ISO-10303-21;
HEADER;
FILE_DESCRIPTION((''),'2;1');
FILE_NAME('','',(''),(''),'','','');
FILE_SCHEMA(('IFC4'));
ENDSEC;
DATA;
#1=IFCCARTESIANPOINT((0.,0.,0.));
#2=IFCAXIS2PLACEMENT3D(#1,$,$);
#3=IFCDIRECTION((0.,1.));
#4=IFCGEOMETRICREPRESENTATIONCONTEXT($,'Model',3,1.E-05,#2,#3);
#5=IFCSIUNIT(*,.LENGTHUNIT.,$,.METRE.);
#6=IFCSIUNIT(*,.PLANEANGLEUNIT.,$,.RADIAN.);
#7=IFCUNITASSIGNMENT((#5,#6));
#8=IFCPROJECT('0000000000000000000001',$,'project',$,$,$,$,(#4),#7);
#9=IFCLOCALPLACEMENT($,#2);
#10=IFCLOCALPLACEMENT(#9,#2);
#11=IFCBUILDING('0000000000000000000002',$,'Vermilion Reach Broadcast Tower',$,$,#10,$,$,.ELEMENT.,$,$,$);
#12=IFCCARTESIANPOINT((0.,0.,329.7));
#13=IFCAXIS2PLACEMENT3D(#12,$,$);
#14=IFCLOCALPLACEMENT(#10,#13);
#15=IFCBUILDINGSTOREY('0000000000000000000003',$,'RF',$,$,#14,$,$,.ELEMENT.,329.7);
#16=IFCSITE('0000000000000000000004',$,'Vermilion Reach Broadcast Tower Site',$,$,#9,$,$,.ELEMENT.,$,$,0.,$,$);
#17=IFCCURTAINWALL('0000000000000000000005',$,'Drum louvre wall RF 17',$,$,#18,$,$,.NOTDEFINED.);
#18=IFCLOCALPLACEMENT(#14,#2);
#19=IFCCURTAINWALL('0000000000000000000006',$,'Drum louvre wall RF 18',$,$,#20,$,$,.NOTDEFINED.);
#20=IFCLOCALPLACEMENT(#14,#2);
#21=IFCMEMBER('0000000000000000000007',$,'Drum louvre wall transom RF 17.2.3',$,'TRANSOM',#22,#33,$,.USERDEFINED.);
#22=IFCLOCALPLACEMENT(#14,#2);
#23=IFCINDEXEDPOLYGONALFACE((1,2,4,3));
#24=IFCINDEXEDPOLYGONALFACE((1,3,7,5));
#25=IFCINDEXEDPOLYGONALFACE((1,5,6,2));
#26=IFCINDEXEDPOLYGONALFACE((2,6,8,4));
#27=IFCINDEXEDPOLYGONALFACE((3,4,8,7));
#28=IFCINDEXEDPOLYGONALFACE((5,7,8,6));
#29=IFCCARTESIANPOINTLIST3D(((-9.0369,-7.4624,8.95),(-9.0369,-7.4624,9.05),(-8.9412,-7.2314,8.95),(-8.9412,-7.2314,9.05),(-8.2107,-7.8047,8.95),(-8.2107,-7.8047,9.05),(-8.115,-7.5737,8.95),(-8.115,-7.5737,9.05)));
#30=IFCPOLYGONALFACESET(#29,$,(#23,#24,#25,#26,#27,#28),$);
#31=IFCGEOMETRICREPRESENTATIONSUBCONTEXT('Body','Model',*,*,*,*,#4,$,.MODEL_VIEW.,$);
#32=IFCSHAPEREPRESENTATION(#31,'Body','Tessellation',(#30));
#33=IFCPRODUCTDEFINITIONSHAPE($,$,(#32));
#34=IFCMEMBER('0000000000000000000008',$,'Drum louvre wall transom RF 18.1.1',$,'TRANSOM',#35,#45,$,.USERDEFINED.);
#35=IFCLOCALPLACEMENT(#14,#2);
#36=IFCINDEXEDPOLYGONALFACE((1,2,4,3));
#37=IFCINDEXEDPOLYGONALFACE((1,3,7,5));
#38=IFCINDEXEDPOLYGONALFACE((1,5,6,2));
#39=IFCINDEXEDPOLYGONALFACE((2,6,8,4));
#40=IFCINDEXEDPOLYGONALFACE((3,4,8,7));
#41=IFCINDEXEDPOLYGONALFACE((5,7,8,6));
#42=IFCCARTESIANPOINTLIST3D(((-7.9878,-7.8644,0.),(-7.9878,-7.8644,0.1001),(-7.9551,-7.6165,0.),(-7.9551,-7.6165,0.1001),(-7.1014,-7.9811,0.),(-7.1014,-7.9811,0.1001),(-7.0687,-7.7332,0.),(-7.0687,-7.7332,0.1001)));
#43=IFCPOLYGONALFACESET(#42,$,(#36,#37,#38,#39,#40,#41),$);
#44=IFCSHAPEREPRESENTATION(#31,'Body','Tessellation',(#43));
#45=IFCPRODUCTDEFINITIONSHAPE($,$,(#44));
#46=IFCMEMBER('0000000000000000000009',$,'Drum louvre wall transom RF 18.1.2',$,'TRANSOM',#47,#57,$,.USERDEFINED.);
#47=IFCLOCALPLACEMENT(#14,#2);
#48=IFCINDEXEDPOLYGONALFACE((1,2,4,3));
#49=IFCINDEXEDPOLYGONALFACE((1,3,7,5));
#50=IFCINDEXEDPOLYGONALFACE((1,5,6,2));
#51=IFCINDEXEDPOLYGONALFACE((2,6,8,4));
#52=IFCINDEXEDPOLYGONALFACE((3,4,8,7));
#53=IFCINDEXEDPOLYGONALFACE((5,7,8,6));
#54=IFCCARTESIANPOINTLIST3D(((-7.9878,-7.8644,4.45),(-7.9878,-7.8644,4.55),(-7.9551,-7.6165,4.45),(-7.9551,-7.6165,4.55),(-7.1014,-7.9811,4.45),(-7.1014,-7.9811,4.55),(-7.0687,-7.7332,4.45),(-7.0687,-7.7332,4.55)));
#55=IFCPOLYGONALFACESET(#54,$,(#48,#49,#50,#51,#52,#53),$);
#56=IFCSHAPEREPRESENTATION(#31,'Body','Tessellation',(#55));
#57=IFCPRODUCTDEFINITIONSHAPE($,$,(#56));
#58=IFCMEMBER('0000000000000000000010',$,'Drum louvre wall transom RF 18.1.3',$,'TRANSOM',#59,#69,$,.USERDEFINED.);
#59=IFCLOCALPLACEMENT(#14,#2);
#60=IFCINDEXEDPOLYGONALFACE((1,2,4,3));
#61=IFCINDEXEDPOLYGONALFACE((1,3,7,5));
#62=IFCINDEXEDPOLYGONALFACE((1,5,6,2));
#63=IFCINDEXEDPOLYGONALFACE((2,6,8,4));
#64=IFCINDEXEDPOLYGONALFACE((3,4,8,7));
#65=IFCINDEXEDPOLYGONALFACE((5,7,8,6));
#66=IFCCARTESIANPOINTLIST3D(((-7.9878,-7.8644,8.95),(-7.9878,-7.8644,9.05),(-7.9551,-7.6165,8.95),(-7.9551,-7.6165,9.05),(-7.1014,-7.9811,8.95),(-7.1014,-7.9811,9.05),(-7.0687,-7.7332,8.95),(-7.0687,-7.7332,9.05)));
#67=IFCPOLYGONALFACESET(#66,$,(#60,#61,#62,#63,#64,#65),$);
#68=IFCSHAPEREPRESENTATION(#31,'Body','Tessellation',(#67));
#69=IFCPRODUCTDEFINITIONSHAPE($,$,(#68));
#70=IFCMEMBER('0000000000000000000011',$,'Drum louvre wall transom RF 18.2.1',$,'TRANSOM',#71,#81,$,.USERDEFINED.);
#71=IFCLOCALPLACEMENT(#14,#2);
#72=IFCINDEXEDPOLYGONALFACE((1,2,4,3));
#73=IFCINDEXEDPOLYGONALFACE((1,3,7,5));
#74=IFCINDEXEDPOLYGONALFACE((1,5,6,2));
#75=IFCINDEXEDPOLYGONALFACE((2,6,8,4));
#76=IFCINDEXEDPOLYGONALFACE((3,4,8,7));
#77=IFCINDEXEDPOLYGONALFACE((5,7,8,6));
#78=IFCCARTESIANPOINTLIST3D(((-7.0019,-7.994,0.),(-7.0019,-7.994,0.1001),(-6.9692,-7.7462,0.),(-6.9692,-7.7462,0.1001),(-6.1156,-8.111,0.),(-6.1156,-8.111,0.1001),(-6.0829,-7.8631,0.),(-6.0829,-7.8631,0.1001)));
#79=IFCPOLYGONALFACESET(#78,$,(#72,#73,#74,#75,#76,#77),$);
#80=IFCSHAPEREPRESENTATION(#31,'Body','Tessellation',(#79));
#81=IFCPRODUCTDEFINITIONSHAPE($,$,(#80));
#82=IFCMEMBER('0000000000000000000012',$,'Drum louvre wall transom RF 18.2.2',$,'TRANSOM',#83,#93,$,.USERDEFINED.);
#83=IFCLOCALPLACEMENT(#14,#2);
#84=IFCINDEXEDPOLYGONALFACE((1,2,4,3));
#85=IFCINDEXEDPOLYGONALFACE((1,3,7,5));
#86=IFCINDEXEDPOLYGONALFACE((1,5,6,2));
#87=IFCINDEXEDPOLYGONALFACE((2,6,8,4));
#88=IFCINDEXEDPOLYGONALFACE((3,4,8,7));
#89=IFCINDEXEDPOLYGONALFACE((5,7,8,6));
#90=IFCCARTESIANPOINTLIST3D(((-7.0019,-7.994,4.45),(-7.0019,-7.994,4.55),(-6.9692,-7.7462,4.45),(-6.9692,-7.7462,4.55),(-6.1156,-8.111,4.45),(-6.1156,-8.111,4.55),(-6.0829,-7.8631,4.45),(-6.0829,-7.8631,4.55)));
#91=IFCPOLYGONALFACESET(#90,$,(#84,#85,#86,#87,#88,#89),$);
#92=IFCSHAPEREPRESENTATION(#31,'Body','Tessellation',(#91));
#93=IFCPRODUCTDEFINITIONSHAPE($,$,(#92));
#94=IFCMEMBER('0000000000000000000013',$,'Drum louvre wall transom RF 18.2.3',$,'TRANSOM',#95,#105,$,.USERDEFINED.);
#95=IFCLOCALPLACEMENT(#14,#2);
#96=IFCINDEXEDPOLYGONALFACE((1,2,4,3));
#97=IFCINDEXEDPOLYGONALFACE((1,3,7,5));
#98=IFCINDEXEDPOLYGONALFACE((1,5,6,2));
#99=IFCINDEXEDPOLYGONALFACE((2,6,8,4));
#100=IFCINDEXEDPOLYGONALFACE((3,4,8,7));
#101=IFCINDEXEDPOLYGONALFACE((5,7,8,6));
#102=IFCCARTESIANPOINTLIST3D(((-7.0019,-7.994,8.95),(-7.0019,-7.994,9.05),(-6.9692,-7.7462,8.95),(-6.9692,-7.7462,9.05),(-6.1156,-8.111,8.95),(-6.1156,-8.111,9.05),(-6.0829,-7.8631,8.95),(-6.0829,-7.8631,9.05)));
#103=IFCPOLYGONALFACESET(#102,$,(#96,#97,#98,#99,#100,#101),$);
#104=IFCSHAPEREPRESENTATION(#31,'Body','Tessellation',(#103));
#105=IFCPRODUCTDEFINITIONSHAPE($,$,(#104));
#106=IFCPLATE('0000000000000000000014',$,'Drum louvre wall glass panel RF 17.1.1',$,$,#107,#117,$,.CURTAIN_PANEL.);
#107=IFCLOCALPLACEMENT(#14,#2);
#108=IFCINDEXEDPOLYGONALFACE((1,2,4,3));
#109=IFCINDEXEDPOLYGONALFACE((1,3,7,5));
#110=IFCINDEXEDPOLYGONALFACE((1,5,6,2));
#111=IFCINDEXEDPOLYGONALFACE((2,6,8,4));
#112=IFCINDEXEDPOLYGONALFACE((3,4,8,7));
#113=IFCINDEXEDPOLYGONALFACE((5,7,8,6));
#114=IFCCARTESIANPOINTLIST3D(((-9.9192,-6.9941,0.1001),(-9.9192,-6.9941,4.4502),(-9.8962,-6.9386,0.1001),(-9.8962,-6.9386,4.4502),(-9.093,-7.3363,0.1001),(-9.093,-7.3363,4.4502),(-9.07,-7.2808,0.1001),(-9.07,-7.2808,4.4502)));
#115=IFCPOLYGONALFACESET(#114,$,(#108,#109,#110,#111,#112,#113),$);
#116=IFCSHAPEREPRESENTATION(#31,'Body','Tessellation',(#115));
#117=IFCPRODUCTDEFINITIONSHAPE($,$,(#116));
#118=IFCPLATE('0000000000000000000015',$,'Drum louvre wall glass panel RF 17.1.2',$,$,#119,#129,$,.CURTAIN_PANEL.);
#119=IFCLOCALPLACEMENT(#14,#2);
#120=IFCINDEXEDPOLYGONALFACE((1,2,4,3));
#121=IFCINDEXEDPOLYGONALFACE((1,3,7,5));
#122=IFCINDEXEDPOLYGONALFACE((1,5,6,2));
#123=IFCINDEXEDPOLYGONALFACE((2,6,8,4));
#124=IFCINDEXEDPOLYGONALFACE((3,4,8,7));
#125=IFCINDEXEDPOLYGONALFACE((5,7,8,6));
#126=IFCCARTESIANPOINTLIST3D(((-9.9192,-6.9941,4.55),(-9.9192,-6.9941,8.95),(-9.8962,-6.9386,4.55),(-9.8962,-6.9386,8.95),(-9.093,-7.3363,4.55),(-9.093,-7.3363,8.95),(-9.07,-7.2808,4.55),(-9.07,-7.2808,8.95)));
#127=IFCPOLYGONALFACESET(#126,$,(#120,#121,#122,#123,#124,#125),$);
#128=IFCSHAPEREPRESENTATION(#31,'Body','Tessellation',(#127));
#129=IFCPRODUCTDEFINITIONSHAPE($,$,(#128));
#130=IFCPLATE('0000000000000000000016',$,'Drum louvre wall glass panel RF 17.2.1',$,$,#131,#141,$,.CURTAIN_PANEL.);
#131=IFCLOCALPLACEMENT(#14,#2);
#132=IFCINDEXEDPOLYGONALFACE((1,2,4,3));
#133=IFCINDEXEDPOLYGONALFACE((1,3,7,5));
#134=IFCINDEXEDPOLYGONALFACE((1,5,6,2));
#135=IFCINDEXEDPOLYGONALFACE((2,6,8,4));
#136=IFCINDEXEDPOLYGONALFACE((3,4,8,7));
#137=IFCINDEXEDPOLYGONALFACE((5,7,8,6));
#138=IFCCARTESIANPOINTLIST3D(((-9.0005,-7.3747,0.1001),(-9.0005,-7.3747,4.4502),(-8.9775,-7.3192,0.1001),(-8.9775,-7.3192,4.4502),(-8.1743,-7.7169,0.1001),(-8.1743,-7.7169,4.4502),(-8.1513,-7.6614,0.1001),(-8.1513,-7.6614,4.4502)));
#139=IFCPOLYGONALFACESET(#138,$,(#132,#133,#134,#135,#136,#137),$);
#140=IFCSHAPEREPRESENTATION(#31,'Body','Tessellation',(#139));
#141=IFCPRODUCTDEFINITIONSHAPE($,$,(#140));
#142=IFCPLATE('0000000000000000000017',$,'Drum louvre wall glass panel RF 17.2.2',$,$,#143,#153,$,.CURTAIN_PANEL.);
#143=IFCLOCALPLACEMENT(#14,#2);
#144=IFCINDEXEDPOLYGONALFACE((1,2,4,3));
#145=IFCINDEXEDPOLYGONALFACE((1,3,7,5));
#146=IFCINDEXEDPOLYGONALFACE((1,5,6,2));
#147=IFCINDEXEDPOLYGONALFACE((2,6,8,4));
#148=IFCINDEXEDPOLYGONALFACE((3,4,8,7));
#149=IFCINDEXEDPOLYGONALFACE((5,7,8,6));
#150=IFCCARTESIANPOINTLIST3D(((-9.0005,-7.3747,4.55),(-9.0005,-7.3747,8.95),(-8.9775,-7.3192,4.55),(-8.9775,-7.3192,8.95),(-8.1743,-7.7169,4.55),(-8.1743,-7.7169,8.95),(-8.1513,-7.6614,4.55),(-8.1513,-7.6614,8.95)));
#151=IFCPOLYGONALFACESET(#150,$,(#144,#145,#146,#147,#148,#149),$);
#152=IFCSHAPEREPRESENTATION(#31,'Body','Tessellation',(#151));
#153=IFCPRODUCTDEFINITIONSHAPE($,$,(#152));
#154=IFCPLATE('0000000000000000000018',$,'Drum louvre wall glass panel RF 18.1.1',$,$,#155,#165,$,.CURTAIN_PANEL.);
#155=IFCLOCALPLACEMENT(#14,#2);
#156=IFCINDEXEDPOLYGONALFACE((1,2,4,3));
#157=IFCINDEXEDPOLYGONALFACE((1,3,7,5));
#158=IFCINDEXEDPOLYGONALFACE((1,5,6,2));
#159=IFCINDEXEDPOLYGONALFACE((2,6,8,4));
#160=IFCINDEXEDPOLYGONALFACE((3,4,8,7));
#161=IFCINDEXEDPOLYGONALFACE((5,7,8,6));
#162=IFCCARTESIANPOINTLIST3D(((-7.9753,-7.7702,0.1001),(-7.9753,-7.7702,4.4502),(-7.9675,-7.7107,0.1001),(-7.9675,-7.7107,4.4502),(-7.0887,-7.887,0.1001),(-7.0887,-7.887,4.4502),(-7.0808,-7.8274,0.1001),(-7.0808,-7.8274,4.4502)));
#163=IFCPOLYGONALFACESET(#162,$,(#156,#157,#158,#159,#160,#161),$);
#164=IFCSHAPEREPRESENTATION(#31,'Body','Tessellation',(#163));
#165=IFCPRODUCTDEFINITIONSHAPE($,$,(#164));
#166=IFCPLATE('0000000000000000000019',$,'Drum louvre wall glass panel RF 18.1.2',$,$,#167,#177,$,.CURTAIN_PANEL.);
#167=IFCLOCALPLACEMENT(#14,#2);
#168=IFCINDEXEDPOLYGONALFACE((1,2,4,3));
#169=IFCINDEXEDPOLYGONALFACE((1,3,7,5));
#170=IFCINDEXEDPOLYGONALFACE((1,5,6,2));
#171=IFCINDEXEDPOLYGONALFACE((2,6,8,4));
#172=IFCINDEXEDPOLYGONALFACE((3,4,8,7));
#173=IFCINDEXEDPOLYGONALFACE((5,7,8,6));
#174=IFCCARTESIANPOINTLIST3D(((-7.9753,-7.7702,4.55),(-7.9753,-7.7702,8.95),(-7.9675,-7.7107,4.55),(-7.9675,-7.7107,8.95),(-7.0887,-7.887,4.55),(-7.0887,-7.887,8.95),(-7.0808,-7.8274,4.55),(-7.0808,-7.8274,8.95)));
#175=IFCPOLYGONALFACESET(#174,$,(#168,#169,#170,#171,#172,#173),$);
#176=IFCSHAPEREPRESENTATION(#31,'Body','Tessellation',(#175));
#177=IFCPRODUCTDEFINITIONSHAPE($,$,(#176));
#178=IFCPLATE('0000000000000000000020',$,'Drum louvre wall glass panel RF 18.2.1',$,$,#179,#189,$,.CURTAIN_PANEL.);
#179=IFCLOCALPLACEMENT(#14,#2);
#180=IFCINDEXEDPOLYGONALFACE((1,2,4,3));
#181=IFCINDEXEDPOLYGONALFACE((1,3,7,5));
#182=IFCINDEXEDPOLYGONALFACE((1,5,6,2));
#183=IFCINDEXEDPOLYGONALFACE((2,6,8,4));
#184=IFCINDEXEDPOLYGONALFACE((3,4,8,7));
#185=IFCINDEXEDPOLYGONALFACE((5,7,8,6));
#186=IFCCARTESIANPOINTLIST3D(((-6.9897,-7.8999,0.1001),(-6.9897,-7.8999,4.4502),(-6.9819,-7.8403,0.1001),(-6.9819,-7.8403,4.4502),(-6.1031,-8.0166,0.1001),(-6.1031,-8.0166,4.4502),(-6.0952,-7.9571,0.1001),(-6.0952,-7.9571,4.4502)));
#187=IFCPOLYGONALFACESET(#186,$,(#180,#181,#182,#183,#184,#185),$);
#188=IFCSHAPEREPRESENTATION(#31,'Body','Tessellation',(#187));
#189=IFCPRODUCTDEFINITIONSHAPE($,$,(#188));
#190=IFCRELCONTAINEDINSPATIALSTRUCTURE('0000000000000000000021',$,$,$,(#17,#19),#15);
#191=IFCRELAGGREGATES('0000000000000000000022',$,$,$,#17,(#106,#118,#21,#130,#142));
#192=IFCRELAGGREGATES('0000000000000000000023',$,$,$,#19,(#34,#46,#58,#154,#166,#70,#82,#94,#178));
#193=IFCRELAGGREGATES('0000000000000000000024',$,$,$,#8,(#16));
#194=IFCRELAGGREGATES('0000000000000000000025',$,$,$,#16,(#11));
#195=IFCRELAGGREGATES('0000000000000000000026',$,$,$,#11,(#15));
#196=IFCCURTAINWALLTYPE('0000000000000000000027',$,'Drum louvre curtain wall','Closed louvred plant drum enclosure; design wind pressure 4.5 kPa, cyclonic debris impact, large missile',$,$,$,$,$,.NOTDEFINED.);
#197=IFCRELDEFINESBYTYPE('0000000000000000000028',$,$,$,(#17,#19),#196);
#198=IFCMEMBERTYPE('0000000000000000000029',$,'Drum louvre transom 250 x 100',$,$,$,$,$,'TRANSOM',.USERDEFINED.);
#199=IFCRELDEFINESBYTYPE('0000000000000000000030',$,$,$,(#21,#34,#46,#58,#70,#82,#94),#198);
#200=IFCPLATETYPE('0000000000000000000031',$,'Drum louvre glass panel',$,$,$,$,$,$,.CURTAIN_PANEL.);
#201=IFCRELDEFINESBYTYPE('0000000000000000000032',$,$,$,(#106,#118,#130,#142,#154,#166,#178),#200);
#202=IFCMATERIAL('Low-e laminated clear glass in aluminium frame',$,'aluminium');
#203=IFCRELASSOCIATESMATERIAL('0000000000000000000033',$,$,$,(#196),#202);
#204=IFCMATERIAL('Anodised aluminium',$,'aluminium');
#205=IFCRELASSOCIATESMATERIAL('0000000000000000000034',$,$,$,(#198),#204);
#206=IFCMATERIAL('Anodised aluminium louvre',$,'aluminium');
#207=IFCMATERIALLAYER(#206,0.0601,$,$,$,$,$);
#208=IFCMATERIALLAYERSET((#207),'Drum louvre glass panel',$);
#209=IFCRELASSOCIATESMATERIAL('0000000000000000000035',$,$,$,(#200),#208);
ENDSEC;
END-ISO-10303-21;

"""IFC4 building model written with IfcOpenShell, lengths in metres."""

from ifc_helpers import new_model, si_unit, direction, frame, origin, origin_2d, place, context, subcontext, project, spatial, rectangle, extrude, material, layer, layer_set, material_profile, profile_set, type_object, element, aggregate, save


model = new_model("IFC4")

# Units and contexts
model_context = context("Model", 3, precision=1e-05, world=origin(), true_north=direction((0.0, 1.0)))
body_context = subcontext(model_context, "Body", "Model", "MODEL_VIEW")
ifc_project = project(units=[si_unit("LENGTHUNIT", "METRE"), si_unit("PLANEANGLEUNIT", "RADIAN")], contexts=[model_context])

# Site, building, storey
site_placement = place(None, origin())
site = spatial("IfcSite", under=ifc_project, at=site_placement, Name="Vermilion Reach Broadcast Tower Site", CompositionType="ELEMENT", RefElevation=0.0)
building_placement = place(site_placement, origin())
building = spatial("IfcBuilding", under=site, at=building_placement, Name="Vermilion Reach Broadcast Tower", CompositionType="ELEMENT")
storey_placement = place(building_placement, frame((0.0, 0.0, 329.7)))
storey = spatial("IfcBuildingStorey", under=building, at=storey_placement, Name="RF", CompositionType="ELEMENT", Elevation=329.7)

# Curtain walls
ifc_material_1 = material(Name="Low-e laminated clear glass in aluminium frame", Category="aluminium")
curtain_wall_type = type_object("IfcCurtainWallType", Name="Drum louvre curtain wall", Description="Closed louvred plant drum enclosure; design wind pressure 4.5 kPa, cyclonic debris impact, large missile", PredefinedType="NOTDEFINED", material=ifc_material_1)
placement = place(storey_placement, origin())
curtain_wall_1 = element("IfcCurtainWall", 1, at=placement, inside=storey, type_object=curtain_wall_type, Name="Drum louvre wall RF 17", PredefinedType="NOTDEFINED")
curtain_wall_2 = element("IfcCurtainWall", 2, at=placement, inside=storey, type_object=curtain_wall_type, Name="Drum louvre wall RF 18", PredefinedType="NOTDEFINED")

# Members
ifc_material_2 = material(Name="Anodised aluminium", Category="aluminium")
ifc_material_profile_1 = material_profile(ifc_material_2, rectangle(XDim=0.25, YDim=0.1001, at=origin_2d()), Name="Drum louvre transom 250 x 100")
ifc_profile_set_1 = profile_set([ifc_material_profile_1], Name="Anodised aluminium")
member_type_1 = type_object("IfcMemberType", Name="Drum louvre transom 250 x 100", ElementType="TRANSOM", PredefinedType="USERDEFINED", material=ifc_profile_set_1)
member_1_placement = place(storey_placement, frame((-8.989, -7.3469, 9.0), z_axis=(0.92385, -0.382754, 0.0), x_axis=(0.382754, 0.92385, 0.0)))
member_1 = element("IfcMember", 3, at=member_1_placement, type_object=member_type_1, Name="Drum louvre wall transom RF 17.2.3", ObjectType="TRANSOM", PredefinedType="USERDEFINED", context=body_context, shape_type="SweptSolid", body=[
    extrude(rectangle(XDim=0.25, YDim=0.1001, at=origin_2d()), origin(), (0.0, 0.0, 1.0), 0.8943),
])
member_2_placement = place(storey_placement, frame((-7.9714, -7.7405, 0.05), z_axis=(0.991446, -0.130518, 0.0), x_axis=(0.130518, 0.991446, 0.0)))
member_2 = element("IfcMember", 4, at=member_2_placement, type_object=member_type_1, Name="Drum louvre wall transom RF 18.1.1", ObjectType="TRANSOM", PredefinedType="USERDEFINED", context=body_context, shape_type="SweptSolid", body=[
    extrude(rectangle(XDim=0.25, YDim=0.1001, at=origin_2d()), origin(), (0.0, 0.0, 1.0), 0.894),
])
member_3_placement = place(storey_placement, frame((-7.9714, -7.7405, 4.5), z_axis=(0.991446, -0.130518, 0.0), x_axis=(0.130518, 0.991446, 0.0)))
member_3 = element("IfcMember", 5, at=member_3_placement, type_object=member_type_1, Name="Drum louvre wall transom RF 18.1.2", ObjectType="TRANSOM", PredefinedType="USERDEFINED", context=body_context, shape_type="SweptSolid", body=[
    extrude(rectangle(XDim=0.25, YDim=0.1001, at=origin_2d()), origin(), (0.0, 0.0, 1.0), 0.894),
])
member_4_placement = place(storey_placement, frame((-7.9714, -7.7405, 9.0), z_axis=(0.991446, -0.130518, 0.0), x_axis=(0.130518, 0.991446, 0.0)))
member_4 = element("IfcMember", 6, at=member_4_placement, type_object=member_type_1, Name="Drum louvre wall transom RF 18.1.3", ObjectType="TRANSOM", PredefinedType="USERDEFINED", context=body_context, shape_type="SweptSolid", body=[
    extrude(rectangle(XDim=0.25, YDim=0.1001, at=origin_2d()), origin(), (0.0, 0.0, 1.0), 0.894),
])
member_5_placement = place(storey_placement, frame((-6.9856, -7.8701, 0.05), z_axis=(0.991411, -0.130786, 0.0), x_axis=(0.130786, 0.991411, 0.0)))
member_5 = element("IfcMember", 7, at=member_5_placement, type_object=member_type_1, Name="Drum louvre wall transom RF 18.2.1", ObjectType="TRANSOM", PredefinedType="USERDEFINED", context=body_context, shape_type="SweptSolid", body=[
    extrude(rectangle(XDim=0.25, YDim=0.1001, at=origin_2d()), origin(), (0.0, 0.0, 1.0), 0.894),
])
member_6_placement = place(storey_placement, frame((-6.9856, -7.8701, 4.5), z_axis=(0.991411, -0.130786, 0.0), x_axis=(0.130786, 0.991411, 0.0)))
member_6 = element("IfcMember", 8, at=member_6_placement, type_object=member_type_1, Name="Drum louvre wall transom RF 18.2.2", ObjectType="TRANSOM", PredefinedType="USERDEFINED", context=body_context, shape_type="SweptSolid", body=[
    extrude(rectangle(XDim=0.25, YDim=0.1001, at=origin_2d()), origin(), (0.0, 0.0, 1.0), 0.894),
])
member_7_placement = place(storey_placement, frame((-6.9856, -7.8701, 9.0), z_axis=(0.991411, -0.130786, 0.0), x_axis=(0.130786, 0.991411, 0.0)))
member_7 = element("IfcMember", 9, at=member_7_placement, type_object=member_type_1, Name="Drum louvre wall transom RF 18.2.3", ObjectType="TRANSOM", PredefinedType="USERDEFINED", context=body_context, shape_type="SweptSolid", body=[
    extrude(rectangle(XDim=0.25, YDim=0.1001, at=origin_2d()), origin(), (0.0, 0.0, 1.0), 0.894),
])

# Plates
ifc_material_3 = material(Name="Anodised aluminium louvre", Category="aluminium")
ifc_layer = layer(ifc_material_3, 0.0601)
ifc_layer_set = layer_set([ifc_layer], Name="Drum louvre glass panel")
plate_type = type_object("IfcPlateType", Name="Drum louvre glass panel", PredefinedType="CURTAIN_PANEL", material=ifc_layer_set)
plate_1_placement = place(storey_placement, frame((-9.4946, -7.1375, 0.1001), z_axis=(0.0, 0.0, 1.0), x_axis=(0.92388, -0.382683, 0.0)))
plate_1 = element("IfcPlate", 10, at=plate_1_placement, type_object=plate_type, Name="Drum louvre wall glass panel RF 17.1.1", PredefinedType="CURTAIN_PANEL", context=body_context, shape_type="SweptSolid", body=[
    extrude(rectangle(XDim=0.8943, YDim=0.0601, at=origin_2d()), origin(), (0.0, 0.0, 1.0), 4.3501),
])
plate_2_placement = place(storey_placement, frame((-9.4946, -7.1375, 4.55), z_axis=(0.0, 0.0, 1.0), x_axis=(0.92388, -0.382683, 0.0)))
plate_2 = element("IfcPlate", 11, at=plate_2_placement, type_object=plate_type, Name="Drum louvre wall glass panel RF 17.1.2", PredefinedType="CURTAIN_PANEL", context=body_context, shape_type="SweptSolid", body=[
    extrude(rectangle(XDim=0.8943, YDim=0.0601, at=origin_2d()), origin(), (0.0, 0.0, 1.0), 4.3999),
])
plate_3_placement = place(storey_placement, frame((-8.5759, -7.5181, 0.1001), z_axis=(0.0, 0.0, 1.0), x_axis=(0.92388, -0.382683, 0.0)))
plate_3 = element("IfcPlate", 12, at=plate_3_placement, type_object=plate_type, Name="Drum louvre wall glass panel RF 17.2.1", PredefinedType="CURTAIN_PANEL", context=body_context, shape_type="SweptSolid", body=[
    extrude(rectangle(XDim=0.8943, YDim=0.0601, at=origin_2d()), origin(), (0.0, 0.0, 1.0), 4.3501),
])
plate_4_placement = place(storey_placement, frame((-8.5759, -7.5181, 4.55), z_axis=(0.0, 0.0, 1.0), x_axis=(0.92388, -0.382683, 0.0)))
plate_4 = element("IfcPlate", 13, at=plate_4_placement, type_object=plate_type, Name="Drum louvre wall glass panel RF 17.2.2", PredefinedType="CURTAIN_PANEL", context=body_context, shape_type="SweptSolid", body=[
    extrude(rectangle(XDim=0.8943, YDim=0.0601, at=origin_2d()), origin(), (0.0, 0.0, 1.0), 4.3999),
])
aggregate(curtain_wall_1, [plate_1, plate_2, member_1, plate_3, plate_4])
plate_5_placement = place(storey_placement, frame((-7.5281, -7.7988, 0.1001), z_axis=(0.0, 0.0, 1.0), x_axis=(0.991445, -0.130526, 0.0)))
plate_5 = element("IfcPlate", 14, at=plate_5_placement, type_object=plate_type, Name="Drum louvre wall glass panel RF 18.1.1", PredefinedType="CURTAIN_PANEL", context=body_context, shape_type="SweptSolid", body=[
    extrude(rectangle(XDim=0.8943, YDim=0.0601, at=origin_2d()), origin(), (0.0, 0.0, 1.0), 4.3501),
])
plate_6_placement = place(storey_placement, frame((-7.5281, -7.7988, 4.55), z_axis=(0.0, 0.0, 1.0), x_axis=(0.991445, -0.130526, 0.0)))
plate_6 = element("IfcPlate", 15, at=plate_6_placement, type_object=plate_type, Name="Drum louvre wall glass panel RF 18.1.2", PredefinedType="CURTAIN_PANEL", context=body_context, shape_type="SweptSolid", body=[
    extrude(rectangle(XDim=0.8943, YDim=0.0601, at=origin_2d()), origin(), (0.0, 0.0, 1.0), 4.3999),
])
plate_7_placement = place(storey_placement, frame((-6.5425, -7.9285, 0.1001), z_axis=(0.0, 0.0, 1.0), x_axis=(0.991445, -0.130526, 0.0)))
plate_7 = element("IfcPlate", 16, at=plate_7_placement, type_object=plate_type, Name="Drum louvre wall glass panel RF 18.2.1", PredefinedType="CURTAIN_PANEL", context=body_context, shape_type="SweptSolid", body=[
    extrude(rectangle(XDim=0.8943, YDim=0.0601, at=origin_2d()), origin(), (0.0, 0.0, 1.0), 4.3501),
])
aggregate(curtain_wall_2, [member_2, member_3, member_4, plate_5, plate_6, member_5, member_6, member_7, plate_7])

save(model, "model.ifc")
